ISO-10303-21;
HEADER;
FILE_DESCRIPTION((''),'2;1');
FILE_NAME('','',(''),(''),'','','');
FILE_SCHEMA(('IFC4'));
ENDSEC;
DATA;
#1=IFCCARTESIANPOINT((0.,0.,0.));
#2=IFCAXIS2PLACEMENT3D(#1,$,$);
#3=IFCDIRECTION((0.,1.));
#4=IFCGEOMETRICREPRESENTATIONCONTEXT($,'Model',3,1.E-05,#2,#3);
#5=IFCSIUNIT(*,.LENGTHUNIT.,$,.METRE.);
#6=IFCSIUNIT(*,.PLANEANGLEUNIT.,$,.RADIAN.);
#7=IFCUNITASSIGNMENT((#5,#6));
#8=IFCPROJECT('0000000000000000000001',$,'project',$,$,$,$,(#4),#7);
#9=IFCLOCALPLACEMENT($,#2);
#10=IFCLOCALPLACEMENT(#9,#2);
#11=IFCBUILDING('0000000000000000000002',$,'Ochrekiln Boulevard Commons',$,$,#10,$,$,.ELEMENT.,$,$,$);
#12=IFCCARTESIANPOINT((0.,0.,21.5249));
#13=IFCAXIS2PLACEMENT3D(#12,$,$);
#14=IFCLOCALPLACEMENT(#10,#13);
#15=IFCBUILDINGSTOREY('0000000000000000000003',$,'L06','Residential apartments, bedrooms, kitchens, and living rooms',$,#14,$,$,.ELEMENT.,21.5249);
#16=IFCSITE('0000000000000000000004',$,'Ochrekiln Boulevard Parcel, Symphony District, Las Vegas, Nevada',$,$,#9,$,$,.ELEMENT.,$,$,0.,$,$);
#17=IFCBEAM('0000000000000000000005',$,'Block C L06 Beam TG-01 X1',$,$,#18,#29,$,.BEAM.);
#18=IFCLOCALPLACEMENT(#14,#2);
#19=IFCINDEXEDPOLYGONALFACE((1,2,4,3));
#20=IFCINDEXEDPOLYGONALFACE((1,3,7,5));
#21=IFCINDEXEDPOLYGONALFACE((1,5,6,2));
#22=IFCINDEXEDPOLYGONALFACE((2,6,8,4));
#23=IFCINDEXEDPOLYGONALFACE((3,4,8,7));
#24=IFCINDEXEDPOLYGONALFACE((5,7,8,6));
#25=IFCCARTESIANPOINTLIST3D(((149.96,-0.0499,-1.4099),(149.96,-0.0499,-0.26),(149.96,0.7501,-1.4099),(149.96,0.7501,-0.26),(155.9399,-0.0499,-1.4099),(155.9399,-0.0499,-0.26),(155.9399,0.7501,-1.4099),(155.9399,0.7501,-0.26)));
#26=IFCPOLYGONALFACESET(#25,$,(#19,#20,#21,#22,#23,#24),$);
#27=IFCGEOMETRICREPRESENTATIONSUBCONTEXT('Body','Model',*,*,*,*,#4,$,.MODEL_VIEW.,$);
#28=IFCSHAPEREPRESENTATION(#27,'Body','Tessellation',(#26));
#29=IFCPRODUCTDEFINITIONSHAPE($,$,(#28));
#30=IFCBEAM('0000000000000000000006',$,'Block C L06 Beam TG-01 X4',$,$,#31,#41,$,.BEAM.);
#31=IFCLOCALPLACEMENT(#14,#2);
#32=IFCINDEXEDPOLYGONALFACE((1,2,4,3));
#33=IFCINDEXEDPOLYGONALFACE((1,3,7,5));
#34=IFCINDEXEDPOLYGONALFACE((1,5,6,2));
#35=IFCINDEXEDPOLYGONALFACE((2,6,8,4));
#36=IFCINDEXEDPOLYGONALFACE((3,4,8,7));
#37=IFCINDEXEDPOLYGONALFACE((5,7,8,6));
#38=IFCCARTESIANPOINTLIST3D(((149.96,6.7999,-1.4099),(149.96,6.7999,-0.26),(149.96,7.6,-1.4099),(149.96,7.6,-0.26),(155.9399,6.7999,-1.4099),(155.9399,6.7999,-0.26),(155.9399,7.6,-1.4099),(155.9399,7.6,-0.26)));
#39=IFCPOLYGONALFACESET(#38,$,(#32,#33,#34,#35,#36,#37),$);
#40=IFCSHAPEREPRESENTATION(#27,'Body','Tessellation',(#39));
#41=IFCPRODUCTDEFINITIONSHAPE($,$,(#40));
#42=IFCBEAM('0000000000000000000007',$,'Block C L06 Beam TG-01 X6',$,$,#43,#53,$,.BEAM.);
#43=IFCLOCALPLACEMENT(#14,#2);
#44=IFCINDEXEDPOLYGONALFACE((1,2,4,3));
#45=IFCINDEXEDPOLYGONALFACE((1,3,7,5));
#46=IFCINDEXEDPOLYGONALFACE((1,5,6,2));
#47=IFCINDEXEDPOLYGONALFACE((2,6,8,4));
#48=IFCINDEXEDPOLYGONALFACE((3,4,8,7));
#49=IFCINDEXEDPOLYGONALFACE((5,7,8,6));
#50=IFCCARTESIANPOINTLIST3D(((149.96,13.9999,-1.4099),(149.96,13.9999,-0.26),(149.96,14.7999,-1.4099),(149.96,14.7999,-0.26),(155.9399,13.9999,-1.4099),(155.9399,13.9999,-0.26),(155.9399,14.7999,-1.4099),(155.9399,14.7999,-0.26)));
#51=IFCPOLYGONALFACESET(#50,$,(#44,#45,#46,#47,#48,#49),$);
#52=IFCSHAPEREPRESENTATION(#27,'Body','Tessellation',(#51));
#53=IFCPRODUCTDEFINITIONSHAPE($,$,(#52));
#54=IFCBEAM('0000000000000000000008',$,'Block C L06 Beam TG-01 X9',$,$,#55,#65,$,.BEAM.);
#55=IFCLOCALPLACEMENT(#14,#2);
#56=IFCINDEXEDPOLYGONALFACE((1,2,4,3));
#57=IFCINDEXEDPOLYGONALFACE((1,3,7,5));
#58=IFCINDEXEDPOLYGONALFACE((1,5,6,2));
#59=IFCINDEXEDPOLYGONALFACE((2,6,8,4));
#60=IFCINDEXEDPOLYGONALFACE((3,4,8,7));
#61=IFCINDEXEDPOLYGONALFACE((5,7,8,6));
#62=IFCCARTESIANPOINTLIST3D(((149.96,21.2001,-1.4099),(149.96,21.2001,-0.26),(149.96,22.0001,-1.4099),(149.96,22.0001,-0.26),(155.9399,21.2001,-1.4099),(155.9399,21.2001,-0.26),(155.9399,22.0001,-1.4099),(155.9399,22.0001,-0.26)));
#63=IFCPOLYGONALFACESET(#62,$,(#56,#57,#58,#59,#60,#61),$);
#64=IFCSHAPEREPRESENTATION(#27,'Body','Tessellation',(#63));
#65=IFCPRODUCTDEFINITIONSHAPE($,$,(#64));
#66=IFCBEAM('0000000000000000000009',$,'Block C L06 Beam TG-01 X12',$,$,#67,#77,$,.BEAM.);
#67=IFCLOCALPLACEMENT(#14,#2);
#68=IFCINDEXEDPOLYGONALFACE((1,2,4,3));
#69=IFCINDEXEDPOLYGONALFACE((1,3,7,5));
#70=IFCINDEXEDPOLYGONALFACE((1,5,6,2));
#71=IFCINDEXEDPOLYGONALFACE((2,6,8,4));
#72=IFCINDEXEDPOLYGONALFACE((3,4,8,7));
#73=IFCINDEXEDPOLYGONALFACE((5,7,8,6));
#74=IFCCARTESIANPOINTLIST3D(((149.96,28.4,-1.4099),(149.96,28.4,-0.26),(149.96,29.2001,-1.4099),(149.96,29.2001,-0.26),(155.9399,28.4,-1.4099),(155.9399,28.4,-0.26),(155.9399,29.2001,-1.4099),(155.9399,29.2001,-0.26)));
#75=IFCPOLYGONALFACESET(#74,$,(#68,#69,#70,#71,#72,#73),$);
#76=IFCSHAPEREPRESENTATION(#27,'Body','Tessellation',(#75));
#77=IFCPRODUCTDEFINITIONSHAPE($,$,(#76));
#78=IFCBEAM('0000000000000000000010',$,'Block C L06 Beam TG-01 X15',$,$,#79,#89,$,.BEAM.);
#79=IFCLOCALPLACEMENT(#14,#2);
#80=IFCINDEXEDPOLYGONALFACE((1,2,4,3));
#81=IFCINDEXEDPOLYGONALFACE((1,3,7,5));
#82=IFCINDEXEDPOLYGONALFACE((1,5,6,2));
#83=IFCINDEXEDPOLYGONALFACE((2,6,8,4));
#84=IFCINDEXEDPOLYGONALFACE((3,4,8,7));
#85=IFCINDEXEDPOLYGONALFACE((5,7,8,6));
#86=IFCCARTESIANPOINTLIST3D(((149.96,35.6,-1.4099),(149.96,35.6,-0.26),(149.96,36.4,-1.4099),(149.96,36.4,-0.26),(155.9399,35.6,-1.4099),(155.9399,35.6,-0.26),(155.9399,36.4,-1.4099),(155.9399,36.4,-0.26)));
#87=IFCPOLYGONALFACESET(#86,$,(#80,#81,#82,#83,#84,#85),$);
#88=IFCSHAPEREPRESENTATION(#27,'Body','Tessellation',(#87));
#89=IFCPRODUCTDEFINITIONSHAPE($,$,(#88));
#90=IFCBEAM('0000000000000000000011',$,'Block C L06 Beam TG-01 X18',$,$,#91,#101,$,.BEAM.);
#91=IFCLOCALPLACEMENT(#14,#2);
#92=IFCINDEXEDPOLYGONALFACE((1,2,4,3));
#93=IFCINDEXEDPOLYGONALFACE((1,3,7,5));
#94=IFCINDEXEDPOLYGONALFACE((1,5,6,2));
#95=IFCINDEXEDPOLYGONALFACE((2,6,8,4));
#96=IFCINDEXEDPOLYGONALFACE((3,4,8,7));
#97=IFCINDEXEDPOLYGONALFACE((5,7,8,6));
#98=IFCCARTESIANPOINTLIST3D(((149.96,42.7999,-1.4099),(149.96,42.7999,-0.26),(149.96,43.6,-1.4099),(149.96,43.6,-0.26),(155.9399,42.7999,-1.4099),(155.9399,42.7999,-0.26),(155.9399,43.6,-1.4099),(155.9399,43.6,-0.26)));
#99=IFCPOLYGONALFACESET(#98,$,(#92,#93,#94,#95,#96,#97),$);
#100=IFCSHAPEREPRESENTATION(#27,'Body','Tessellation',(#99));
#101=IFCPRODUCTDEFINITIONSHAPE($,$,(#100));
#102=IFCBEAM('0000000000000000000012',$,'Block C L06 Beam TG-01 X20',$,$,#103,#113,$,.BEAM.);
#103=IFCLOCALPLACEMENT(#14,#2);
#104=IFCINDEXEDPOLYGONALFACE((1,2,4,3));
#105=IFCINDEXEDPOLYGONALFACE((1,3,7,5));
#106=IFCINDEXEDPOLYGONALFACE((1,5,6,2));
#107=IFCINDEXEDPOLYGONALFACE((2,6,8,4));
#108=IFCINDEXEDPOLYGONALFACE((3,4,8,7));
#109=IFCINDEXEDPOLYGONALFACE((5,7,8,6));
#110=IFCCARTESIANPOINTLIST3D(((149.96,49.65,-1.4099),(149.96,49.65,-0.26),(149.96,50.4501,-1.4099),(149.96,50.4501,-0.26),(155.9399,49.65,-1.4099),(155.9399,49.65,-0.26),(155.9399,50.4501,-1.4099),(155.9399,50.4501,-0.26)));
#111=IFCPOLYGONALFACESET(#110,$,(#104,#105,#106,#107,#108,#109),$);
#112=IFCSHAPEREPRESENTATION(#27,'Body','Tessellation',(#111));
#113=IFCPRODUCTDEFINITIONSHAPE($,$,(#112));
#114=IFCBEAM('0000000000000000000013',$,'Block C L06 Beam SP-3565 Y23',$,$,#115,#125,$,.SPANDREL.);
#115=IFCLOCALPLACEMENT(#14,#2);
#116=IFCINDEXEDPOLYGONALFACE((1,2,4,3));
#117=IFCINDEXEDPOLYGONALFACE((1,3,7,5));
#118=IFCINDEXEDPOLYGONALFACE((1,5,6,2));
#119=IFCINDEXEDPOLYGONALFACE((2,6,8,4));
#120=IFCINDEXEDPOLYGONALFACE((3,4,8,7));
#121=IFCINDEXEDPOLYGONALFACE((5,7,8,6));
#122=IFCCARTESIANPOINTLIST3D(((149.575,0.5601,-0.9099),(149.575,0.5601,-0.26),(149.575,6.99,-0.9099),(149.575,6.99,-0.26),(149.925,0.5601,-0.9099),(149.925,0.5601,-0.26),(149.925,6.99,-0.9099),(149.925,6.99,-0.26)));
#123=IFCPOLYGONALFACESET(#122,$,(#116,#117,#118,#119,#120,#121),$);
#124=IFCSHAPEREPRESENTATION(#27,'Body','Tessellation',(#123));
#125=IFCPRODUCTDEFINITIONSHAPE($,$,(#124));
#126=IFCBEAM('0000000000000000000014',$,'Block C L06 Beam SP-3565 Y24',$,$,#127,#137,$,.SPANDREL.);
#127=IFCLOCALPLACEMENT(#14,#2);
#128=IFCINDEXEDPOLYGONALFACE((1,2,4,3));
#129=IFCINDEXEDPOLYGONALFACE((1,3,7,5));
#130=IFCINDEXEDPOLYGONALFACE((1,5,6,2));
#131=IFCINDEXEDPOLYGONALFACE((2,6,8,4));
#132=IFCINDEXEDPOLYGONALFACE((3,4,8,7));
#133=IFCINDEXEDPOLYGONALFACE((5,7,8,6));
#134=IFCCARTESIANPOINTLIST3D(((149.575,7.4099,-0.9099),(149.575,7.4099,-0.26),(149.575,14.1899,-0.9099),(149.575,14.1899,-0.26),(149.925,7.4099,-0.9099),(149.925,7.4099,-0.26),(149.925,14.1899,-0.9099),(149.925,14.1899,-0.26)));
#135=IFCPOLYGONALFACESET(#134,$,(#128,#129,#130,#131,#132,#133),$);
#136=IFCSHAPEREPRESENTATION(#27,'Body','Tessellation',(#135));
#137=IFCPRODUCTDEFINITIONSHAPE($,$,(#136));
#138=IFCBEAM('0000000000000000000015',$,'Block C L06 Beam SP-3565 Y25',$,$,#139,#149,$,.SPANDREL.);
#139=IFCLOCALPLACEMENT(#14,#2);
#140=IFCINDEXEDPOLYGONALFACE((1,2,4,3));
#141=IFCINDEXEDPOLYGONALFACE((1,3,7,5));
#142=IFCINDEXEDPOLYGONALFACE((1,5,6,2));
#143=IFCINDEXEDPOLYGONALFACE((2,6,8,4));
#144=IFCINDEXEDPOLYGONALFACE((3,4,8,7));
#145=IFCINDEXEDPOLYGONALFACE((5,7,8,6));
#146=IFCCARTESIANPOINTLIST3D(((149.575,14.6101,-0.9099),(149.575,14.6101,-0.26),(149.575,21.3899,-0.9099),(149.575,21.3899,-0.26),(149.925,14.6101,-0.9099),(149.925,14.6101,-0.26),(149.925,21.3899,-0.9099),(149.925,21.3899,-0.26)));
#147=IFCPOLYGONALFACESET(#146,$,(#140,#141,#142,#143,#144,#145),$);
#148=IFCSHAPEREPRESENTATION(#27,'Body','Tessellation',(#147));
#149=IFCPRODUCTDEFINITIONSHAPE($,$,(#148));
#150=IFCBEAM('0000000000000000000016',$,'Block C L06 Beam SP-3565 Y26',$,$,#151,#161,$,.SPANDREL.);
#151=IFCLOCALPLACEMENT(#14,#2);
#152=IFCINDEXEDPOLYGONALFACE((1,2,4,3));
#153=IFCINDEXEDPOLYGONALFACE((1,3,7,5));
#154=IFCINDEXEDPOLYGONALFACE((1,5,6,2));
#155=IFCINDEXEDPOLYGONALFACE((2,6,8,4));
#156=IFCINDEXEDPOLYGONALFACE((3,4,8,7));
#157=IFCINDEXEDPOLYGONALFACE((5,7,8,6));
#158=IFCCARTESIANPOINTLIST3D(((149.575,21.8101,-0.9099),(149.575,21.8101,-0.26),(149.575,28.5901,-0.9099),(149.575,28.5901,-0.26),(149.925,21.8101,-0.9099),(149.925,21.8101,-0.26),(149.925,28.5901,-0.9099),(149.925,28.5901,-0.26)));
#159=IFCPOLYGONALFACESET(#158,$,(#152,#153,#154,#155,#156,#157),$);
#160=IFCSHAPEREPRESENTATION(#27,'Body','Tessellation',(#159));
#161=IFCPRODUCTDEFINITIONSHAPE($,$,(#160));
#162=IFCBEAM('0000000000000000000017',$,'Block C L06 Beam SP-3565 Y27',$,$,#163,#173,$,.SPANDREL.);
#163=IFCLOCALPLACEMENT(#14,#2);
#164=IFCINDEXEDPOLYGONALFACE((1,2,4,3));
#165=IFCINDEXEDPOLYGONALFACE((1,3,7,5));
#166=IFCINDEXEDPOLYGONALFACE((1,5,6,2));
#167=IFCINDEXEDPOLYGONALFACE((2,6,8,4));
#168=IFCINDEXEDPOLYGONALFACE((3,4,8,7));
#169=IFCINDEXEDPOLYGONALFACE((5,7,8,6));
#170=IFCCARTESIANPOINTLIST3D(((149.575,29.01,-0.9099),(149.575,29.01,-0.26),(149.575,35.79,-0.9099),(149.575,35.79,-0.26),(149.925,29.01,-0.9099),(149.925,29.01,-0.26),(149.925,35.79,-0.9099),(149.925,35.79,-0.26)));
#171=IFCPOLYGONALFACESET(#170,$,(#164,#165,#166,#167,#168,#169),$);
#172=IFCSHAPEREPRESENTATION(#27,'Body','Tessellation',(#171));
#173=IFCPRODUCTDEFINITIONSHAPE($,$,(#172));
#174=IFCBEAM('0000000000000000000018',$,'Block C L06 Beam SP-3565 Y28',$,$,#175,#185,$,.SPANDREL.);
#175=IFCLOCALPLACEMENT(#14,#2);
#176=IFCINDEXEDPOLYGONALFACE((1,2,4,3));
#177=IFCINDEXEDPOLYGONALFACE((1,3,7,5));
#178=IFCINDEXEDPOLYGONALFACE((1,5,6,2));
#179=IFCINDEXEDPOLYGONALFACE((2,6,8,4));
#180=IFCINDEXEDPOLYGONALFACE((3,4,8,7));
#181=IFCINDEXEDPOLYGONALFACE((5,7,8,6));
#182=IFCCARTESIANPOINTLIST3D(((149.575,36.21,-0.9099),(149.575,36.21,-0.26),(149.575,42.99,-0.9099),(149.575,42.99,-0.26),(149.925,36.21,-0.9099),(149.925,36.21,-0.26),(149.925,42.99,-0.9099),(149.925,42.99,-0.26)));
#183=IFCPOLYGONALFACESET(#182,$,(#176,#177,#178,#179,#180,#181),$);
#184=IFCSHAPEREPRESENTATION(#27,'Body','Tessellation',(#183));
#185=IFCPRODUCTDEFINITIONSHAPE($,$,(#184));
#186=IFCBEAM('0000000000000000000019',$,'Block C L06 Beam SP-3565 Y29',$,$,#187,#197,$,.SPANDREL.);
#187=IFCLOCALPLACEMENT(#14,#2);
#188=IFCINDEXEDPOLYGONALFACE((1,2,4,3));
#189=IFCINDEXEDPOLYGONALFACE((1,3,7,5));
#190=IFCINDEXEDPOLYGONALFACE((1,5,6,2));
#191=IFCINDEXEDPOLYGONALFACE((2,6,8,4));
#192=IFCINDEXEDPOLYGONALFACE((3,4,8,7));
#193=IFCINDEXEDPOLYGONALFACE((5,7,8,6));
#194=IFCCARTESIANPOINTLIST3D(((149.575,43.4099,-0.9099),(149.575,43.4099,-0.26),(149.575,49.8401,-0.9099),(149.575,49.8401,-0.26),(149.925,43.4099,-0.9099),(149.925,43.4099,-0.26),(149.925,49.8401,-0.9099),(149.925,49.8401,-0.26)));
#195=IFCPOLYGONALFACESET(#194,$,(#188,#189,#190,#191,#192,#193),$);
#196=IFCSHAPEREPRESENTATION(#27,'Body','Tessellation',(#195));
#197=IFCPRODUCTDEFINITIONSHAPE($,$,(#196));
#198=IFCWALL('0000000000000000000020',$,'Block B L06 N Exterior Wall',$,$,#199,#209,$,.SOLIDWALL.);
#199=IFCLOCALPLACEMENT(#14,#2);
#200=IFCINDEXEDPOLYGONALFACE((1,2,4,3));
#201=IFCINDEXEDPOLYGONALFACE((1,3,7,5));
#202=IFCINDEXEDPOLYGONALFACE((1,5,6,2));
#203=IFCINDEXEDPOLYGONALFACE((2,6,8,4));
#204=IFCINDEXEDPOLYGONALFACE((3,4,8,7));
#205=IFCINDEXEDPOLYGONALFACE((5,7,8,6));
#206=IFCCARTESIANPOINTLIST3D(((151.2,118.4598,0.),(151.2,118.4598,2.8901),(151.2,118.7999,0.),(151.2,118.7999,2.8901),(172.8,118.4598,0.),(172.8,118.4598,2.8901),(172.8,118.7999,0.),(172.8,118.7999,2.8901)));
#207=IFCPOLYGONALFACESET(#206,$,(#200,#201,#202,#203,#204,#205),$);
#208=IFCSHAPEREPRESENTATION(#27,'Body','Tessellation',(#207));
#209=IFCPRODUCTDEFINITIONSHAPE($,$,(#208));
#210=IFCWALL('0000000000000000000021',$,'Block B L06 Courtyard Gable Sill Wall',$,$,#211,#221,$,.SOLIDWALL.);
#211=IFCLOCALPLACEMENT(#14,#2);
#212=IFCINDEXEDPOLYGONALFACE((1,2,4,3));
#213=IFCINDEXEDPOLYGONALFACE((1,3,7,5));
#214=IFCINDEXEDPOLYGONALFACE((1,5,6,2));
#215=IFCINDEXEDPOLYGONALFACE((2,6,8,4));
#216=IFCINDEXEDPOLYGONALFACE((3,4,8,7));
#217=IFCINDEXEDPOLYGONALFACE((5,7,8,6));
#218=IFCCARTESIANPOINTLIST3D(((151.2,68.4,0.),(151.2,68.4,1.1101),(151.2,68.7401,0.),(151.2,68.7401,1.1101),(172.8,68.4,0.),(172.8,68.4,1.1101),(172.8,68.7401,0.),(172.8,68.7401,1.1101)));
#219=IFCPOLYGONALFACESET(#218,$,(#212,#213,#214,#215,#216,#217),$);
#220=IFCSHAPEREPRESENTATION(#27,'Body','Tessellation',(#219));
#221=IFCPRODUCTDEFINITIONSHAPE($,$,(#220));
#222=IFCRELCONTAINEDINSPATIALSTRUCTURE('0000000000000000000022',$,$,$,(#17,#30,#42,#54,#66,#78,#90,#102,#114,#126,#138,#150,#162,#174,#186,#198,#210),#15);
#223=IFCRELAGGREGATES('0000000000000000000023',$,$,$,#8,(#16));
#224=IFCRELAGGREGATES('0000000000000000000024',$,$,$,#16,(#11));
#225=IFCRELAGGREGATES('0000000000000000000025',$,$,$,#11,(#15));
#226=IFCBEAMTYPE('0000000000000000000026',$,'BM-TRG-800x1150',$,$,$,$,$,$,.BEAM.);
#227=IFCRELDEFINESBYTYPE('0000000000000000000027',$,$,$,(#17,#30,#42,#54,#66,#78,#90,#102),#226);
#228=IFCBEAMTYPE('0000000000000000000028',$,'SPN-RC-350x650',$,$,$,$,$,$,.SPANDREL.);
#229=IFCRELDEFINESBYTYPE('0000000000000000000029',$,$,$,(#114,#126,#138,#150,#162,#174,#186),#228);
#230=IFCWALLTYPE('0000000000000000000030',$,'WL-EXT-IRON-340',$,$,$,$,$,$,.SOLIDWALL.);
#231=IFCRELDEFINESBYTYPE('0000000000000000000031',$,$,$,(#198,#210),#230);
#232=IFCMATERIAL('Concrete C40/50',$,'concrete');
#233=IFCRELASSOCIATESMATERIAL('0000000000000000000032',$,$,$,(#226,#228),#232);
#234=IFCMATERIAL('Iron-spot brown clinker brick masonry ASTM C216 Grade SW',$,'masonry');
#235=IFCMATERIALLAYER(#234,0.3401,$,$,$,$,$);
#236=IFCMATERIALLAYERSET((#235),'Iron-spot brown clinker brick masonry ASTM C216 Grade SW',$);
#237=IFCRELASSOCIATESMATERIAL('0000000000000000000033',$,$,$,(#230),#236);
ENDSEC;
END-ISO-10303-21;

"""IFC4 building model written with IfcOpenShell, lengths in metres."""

from ifc_helpers import new_model, si_unit, direction, frame, frame_2d, origin, origin_2d, place, context, subcontext, project, spatial, rectangle, extrude, material, layer, layer_set, material_profile, profile_set, type_object, element, save


model = new_model("IFC4")

# Units and contexts
model_context = context("Model", 3, precision=1e-05, world=origin(), true_north=direction((0.0, 1.0)))
body_context = subcontext(model_context, "Body", "Model", "MODEL_VIEW")
ifc_project = project(units=[si_unit("LENGTHUNIT", "METRE"), si_unit("PLANEANGLEUNIT", "RADIAN")], contexts=[model_context])

# Site, building, storey
site_placement = place(None, origin())
site = spatial("IfcSite", under=ifc_project, at=site_placement, Name="Ochrekiln Boulevard Parcel, Symphony District, Las Vegas, Nevada", CompositionType="ELEMENT", RefElevation=0.0)
building_placement = place(site_placement, origin())
building = spatial("IfcBuilding", under=site, at=building_placement, Name="Ochrekiln Boulevard Commons", CompositionType="ELEMENT")
storey_placement = place(building_placement, frame((0.0, 0.0, 21.5249)))
storey = spatial("IfcBuildingStorey", under=building, at=storey_placement, Name="L06", Description="Residential apartments, bedrooms, kitchens, and living rooms", CompositionType="ELEMENT", Elevation=21.5249)

# Beams
ifc_material_1 = material(Name="Concrete C40/50", Category="concrete")
ifc_material_profile_1 = material_profile(ifc_material_1, rectangle(XDim=0.8, YDim=1.1499, at=origin_2d()), Name="RC-TRG-800x1150")
ifc_profile_set_1 = profile_set([ifc_material_profile_1], Name="Concrete C40/50")
beam_type_1 = type_object("IfcBeamType", Name="BM-TRG-800x1150", PredefinedType="BEAM", material=ifc_profile_set_1)
for number, where, z_axis, x_axis, name in (
    (1, (149.96, 0.3501, -0.835), (1.0, 0.0, 0.0), (0.0, 1.0, 0.0), "Block C L06 Beam TG-01 X1"),
    (2, (149.96, 7.2, -0.835), (1.0, 0.0, 0.0), (0.0, 1.0, 0.0), "Block C L06 Beam TG-01 X4"),
    (3, (149.96, 14.3999, -0.835), (1.0, 0.0, 0.0), (0.0, 1.0, 0.0), "Block C L06 Beam TG-01 X6"),
    (4, (149.96, 21.6001, -0.835), (1.0, 0.0, 0.0), (0.0, 1.0, 0.0), "Block C L06 Beam TG-01 X9"),
    (5, (149.96, 28.8, -0.835), (1.0, 0.0, 0.0), (0.0, 1.0, 0.0), "Block C L06 Beam TG-01 X12"),
    (6, (149.96, 36.0, -0.835), (1.0, 0.0, 0.0), (0.0, 1.0, 0.0), "Block C L06 Beam TG-01 X15"),
    (7, (149.96, 43.2, -0.835), (1.0, 0.0, 0.0), (0.0, 1.0, 0.0), "Block C L06 Beam TG-01 X18"),
    (8, (149.96, 50.05, -0.835), (1.0, 0.0, 0.0), (0.0, 1.0, 0.0), "Block C L06 Beam TG-01 X20"),
):
    element("IfcBeam", number, at=place(storey_placement, frame(where, z_axis=z_axis, x_axis=x_axis)), inside=storey, type_object=beam_type_1, Name=name, PredefinedType="BEAM", context=body_context, shape_type="SweptSolid", body=[
        extrude(rectangle(XDim=0.8, YDim=1.1499, at=origin_2d()), origin(), (0.0, 0.0, 1.0), 5.98),
    ])
ifc_material_profile_2 = material_profile(ifc_material_1, rectangle(XDim=0.3501, YDim=0.6499, at=origin_2d()), Name="RC-SPN-350x650")
ifc_profile_set_2 = profile_set([ifc_material_profile_2], Name="Concrete C40/50")
beam_type_2 = type_object("IfcBeamType", Name="SPN-RC-350x650", PredefinedType="SPANDREL", material=ifc_profile_set_2)
beam_1_placement = place(storey_placement, frame((149.75, 0.5601, -0.585), z_axis=(0.0, 1.0, 0.0), x_axis=(-1.0, 0.0, 0.0)))
element("IfcBeam", 9, at=beam_1_placement, inside=storey, type_object=beam_type_2, Name="Block C L06 Beam SP-3565 Y23", PredefinedType="SPANDREL", context=body_context, shape_type="SweptSolid", body=[
    extrude(rectangle(XDim=0.3501, YDim=0.6499, at=origin_2d()), origin(), (0.0, 0.0, 1.0), 6.4299),
])
beam_2_placement = place(storey_placement, frame((149.75, 7.4099, -0.585), z_axis=(0.0, 1.0, 0.0), x_axis=(-1.0, 0.0, 0.0)))
element("IfcBeam", 10, at=beam_2_placement, inside=storey, type_object=beam_type_2, Name="Block C L06 Beam SP-3565 Y24", PredefinedType="SPANDREL", context=body_context, shape_type="SweptSolid", body=[
    extrude(rectangle(XDim=0.3501, YDim=0.6499, at=origin_2d()), origin(), (0.0, 0.0, 1.0), 6.78),
])
beam_3_placement = place(storey_placement, frame((149.75, 14.6101, -0.585), z_axis=(0.0, 1.0, 0.0), x_axis=(-1.0, 0.0, 0.0)))
element("IfcBeam", 11, at=beam_3_placement, inside=storey, type_object=beam_type_2, Name="Block C L06 Beam SP-3565 Y25", PredefinedType="SPANDREL", context=body_context, shape_type="SweptSolid", body=[
    extrude(rectangle(XDim=0.3501, YDim=0.6499, at=origin_2d()), origin(), (0.0, 0.0, 1.0), 6.7798),
])
for number, where, z_axis, x_axis, name in (
    (12, (149.75, 21.8101, -0.585), (0.0, 1.0, 0.0), (-1.0, 0.0, 0.0), "Block C L06 Beam SP-3565 Y26"),
    (13, (149.75, 29.01, -0.585), (0.0, 1.0, 0.0), (-1.0, 0.0, 0.0), "Block C L06 Beam SP-3565 Y27"),
    (14, (149.75, 36.21, -0.585), (0.0, 1.0, 0.0), (-1.0, 0.0, 0.0), "Block C L06 Beam SP-3565 Y28"),
):
    element("IfcBeam", number, at=place(storey_placement, frame(where, z_axis=z_axis, x_axis=x_axis)), inside=storey, type_object=beam_type_2, Name=name, PredefinedType="SPANDREL", context=body_context, shape_type="SweptSolid", body=[
        extrude(rectangle(XDim=0.3501, YDim=0.6499, at=origin_2d()), origin(), (0.0, 0.0, 1.0), 6.78),
    ])
beam_4_placement = place(storey_placement, frame((149.75, 43.4099, -0.585), z_axis=(0.0, 1.0, 0.0), x_axis=(-1.0, 0.0, 0.0)))
element("IfcBeam", 15, at=beam_4_placement, inside=storey, type_object=beam_type_2, Name="Block C L06 Beam SP-3565 Y29", PredefinedType="SPANDREL", context=body_context, shape_type="SweptSolid", body=[
    extrude(rectangle(XDim=0.3501, YDim=0.6499, at=origin_2d()), origin(), (0.0, 0.0, 1.0), 6.4302),
])

# Walls
ifc_material_2 = material(Name="Iron-spot brown clinker brick masonry ASTM C216 Grade SW", Category="masonry")
ifc_layer_1 = layer(ifc_material_2, 0.3401)
ifc_layer_set_1 = layer_set([ifc_layer_1], Name="Iron-spot brown clinker brick masonry ASTM C216 Grade SW")
wall_type_1 = type_object("IfcWallType", Name="WL-EXT-IRON-340", PredefinedType="SOLIDWALL", material=ifc_layer_set_1)
wall_1_placement = place(storey_placement, frame((151.2, 118.6299, 0.0), z_axis=(0.0, 0.0, 1.0), x_axis=(1.0, 0.0, 0.0)))
element("IfcWall", 16, at=wall_1_placement, inside=storey, type_object=wall_type_1, Name="Block B L06 N Exterior Wall", PredefinedType="SOLIDWALL", context=body_context, shape_type="SweptSolid", body=[
    extrude(rectangle(XDim=21.6001, YDim=0.3401, at=frame_2d((10.8, 0.0))), origin(), (0.0, 0.0, 1.0), 2.8901),
])
wall_2_placement = place(storey_placement, frame((151.2, 68.5701, 0.0), z_axis=(0.0, 0.0, 1.0), x_axis=(1.0, 0.0, 0.0)))
element("IfcWall", 17, at=wall_2_placement, inside=storey, type_object=wall_type_1, Name="Block B L06 Courtyard Gable Sill Wall", PredefinedType="SOLIDWALL", context=body_context, shape_type="SweptSolid", body=[
    extrude(rectangle(XDim=21.6001, YDim=0.3401, at=frame_2d((10.8, 0.0))), origin(), (0.0, 0.0, 1.0), 1.1101),
])

save(model, "model.ifc")
